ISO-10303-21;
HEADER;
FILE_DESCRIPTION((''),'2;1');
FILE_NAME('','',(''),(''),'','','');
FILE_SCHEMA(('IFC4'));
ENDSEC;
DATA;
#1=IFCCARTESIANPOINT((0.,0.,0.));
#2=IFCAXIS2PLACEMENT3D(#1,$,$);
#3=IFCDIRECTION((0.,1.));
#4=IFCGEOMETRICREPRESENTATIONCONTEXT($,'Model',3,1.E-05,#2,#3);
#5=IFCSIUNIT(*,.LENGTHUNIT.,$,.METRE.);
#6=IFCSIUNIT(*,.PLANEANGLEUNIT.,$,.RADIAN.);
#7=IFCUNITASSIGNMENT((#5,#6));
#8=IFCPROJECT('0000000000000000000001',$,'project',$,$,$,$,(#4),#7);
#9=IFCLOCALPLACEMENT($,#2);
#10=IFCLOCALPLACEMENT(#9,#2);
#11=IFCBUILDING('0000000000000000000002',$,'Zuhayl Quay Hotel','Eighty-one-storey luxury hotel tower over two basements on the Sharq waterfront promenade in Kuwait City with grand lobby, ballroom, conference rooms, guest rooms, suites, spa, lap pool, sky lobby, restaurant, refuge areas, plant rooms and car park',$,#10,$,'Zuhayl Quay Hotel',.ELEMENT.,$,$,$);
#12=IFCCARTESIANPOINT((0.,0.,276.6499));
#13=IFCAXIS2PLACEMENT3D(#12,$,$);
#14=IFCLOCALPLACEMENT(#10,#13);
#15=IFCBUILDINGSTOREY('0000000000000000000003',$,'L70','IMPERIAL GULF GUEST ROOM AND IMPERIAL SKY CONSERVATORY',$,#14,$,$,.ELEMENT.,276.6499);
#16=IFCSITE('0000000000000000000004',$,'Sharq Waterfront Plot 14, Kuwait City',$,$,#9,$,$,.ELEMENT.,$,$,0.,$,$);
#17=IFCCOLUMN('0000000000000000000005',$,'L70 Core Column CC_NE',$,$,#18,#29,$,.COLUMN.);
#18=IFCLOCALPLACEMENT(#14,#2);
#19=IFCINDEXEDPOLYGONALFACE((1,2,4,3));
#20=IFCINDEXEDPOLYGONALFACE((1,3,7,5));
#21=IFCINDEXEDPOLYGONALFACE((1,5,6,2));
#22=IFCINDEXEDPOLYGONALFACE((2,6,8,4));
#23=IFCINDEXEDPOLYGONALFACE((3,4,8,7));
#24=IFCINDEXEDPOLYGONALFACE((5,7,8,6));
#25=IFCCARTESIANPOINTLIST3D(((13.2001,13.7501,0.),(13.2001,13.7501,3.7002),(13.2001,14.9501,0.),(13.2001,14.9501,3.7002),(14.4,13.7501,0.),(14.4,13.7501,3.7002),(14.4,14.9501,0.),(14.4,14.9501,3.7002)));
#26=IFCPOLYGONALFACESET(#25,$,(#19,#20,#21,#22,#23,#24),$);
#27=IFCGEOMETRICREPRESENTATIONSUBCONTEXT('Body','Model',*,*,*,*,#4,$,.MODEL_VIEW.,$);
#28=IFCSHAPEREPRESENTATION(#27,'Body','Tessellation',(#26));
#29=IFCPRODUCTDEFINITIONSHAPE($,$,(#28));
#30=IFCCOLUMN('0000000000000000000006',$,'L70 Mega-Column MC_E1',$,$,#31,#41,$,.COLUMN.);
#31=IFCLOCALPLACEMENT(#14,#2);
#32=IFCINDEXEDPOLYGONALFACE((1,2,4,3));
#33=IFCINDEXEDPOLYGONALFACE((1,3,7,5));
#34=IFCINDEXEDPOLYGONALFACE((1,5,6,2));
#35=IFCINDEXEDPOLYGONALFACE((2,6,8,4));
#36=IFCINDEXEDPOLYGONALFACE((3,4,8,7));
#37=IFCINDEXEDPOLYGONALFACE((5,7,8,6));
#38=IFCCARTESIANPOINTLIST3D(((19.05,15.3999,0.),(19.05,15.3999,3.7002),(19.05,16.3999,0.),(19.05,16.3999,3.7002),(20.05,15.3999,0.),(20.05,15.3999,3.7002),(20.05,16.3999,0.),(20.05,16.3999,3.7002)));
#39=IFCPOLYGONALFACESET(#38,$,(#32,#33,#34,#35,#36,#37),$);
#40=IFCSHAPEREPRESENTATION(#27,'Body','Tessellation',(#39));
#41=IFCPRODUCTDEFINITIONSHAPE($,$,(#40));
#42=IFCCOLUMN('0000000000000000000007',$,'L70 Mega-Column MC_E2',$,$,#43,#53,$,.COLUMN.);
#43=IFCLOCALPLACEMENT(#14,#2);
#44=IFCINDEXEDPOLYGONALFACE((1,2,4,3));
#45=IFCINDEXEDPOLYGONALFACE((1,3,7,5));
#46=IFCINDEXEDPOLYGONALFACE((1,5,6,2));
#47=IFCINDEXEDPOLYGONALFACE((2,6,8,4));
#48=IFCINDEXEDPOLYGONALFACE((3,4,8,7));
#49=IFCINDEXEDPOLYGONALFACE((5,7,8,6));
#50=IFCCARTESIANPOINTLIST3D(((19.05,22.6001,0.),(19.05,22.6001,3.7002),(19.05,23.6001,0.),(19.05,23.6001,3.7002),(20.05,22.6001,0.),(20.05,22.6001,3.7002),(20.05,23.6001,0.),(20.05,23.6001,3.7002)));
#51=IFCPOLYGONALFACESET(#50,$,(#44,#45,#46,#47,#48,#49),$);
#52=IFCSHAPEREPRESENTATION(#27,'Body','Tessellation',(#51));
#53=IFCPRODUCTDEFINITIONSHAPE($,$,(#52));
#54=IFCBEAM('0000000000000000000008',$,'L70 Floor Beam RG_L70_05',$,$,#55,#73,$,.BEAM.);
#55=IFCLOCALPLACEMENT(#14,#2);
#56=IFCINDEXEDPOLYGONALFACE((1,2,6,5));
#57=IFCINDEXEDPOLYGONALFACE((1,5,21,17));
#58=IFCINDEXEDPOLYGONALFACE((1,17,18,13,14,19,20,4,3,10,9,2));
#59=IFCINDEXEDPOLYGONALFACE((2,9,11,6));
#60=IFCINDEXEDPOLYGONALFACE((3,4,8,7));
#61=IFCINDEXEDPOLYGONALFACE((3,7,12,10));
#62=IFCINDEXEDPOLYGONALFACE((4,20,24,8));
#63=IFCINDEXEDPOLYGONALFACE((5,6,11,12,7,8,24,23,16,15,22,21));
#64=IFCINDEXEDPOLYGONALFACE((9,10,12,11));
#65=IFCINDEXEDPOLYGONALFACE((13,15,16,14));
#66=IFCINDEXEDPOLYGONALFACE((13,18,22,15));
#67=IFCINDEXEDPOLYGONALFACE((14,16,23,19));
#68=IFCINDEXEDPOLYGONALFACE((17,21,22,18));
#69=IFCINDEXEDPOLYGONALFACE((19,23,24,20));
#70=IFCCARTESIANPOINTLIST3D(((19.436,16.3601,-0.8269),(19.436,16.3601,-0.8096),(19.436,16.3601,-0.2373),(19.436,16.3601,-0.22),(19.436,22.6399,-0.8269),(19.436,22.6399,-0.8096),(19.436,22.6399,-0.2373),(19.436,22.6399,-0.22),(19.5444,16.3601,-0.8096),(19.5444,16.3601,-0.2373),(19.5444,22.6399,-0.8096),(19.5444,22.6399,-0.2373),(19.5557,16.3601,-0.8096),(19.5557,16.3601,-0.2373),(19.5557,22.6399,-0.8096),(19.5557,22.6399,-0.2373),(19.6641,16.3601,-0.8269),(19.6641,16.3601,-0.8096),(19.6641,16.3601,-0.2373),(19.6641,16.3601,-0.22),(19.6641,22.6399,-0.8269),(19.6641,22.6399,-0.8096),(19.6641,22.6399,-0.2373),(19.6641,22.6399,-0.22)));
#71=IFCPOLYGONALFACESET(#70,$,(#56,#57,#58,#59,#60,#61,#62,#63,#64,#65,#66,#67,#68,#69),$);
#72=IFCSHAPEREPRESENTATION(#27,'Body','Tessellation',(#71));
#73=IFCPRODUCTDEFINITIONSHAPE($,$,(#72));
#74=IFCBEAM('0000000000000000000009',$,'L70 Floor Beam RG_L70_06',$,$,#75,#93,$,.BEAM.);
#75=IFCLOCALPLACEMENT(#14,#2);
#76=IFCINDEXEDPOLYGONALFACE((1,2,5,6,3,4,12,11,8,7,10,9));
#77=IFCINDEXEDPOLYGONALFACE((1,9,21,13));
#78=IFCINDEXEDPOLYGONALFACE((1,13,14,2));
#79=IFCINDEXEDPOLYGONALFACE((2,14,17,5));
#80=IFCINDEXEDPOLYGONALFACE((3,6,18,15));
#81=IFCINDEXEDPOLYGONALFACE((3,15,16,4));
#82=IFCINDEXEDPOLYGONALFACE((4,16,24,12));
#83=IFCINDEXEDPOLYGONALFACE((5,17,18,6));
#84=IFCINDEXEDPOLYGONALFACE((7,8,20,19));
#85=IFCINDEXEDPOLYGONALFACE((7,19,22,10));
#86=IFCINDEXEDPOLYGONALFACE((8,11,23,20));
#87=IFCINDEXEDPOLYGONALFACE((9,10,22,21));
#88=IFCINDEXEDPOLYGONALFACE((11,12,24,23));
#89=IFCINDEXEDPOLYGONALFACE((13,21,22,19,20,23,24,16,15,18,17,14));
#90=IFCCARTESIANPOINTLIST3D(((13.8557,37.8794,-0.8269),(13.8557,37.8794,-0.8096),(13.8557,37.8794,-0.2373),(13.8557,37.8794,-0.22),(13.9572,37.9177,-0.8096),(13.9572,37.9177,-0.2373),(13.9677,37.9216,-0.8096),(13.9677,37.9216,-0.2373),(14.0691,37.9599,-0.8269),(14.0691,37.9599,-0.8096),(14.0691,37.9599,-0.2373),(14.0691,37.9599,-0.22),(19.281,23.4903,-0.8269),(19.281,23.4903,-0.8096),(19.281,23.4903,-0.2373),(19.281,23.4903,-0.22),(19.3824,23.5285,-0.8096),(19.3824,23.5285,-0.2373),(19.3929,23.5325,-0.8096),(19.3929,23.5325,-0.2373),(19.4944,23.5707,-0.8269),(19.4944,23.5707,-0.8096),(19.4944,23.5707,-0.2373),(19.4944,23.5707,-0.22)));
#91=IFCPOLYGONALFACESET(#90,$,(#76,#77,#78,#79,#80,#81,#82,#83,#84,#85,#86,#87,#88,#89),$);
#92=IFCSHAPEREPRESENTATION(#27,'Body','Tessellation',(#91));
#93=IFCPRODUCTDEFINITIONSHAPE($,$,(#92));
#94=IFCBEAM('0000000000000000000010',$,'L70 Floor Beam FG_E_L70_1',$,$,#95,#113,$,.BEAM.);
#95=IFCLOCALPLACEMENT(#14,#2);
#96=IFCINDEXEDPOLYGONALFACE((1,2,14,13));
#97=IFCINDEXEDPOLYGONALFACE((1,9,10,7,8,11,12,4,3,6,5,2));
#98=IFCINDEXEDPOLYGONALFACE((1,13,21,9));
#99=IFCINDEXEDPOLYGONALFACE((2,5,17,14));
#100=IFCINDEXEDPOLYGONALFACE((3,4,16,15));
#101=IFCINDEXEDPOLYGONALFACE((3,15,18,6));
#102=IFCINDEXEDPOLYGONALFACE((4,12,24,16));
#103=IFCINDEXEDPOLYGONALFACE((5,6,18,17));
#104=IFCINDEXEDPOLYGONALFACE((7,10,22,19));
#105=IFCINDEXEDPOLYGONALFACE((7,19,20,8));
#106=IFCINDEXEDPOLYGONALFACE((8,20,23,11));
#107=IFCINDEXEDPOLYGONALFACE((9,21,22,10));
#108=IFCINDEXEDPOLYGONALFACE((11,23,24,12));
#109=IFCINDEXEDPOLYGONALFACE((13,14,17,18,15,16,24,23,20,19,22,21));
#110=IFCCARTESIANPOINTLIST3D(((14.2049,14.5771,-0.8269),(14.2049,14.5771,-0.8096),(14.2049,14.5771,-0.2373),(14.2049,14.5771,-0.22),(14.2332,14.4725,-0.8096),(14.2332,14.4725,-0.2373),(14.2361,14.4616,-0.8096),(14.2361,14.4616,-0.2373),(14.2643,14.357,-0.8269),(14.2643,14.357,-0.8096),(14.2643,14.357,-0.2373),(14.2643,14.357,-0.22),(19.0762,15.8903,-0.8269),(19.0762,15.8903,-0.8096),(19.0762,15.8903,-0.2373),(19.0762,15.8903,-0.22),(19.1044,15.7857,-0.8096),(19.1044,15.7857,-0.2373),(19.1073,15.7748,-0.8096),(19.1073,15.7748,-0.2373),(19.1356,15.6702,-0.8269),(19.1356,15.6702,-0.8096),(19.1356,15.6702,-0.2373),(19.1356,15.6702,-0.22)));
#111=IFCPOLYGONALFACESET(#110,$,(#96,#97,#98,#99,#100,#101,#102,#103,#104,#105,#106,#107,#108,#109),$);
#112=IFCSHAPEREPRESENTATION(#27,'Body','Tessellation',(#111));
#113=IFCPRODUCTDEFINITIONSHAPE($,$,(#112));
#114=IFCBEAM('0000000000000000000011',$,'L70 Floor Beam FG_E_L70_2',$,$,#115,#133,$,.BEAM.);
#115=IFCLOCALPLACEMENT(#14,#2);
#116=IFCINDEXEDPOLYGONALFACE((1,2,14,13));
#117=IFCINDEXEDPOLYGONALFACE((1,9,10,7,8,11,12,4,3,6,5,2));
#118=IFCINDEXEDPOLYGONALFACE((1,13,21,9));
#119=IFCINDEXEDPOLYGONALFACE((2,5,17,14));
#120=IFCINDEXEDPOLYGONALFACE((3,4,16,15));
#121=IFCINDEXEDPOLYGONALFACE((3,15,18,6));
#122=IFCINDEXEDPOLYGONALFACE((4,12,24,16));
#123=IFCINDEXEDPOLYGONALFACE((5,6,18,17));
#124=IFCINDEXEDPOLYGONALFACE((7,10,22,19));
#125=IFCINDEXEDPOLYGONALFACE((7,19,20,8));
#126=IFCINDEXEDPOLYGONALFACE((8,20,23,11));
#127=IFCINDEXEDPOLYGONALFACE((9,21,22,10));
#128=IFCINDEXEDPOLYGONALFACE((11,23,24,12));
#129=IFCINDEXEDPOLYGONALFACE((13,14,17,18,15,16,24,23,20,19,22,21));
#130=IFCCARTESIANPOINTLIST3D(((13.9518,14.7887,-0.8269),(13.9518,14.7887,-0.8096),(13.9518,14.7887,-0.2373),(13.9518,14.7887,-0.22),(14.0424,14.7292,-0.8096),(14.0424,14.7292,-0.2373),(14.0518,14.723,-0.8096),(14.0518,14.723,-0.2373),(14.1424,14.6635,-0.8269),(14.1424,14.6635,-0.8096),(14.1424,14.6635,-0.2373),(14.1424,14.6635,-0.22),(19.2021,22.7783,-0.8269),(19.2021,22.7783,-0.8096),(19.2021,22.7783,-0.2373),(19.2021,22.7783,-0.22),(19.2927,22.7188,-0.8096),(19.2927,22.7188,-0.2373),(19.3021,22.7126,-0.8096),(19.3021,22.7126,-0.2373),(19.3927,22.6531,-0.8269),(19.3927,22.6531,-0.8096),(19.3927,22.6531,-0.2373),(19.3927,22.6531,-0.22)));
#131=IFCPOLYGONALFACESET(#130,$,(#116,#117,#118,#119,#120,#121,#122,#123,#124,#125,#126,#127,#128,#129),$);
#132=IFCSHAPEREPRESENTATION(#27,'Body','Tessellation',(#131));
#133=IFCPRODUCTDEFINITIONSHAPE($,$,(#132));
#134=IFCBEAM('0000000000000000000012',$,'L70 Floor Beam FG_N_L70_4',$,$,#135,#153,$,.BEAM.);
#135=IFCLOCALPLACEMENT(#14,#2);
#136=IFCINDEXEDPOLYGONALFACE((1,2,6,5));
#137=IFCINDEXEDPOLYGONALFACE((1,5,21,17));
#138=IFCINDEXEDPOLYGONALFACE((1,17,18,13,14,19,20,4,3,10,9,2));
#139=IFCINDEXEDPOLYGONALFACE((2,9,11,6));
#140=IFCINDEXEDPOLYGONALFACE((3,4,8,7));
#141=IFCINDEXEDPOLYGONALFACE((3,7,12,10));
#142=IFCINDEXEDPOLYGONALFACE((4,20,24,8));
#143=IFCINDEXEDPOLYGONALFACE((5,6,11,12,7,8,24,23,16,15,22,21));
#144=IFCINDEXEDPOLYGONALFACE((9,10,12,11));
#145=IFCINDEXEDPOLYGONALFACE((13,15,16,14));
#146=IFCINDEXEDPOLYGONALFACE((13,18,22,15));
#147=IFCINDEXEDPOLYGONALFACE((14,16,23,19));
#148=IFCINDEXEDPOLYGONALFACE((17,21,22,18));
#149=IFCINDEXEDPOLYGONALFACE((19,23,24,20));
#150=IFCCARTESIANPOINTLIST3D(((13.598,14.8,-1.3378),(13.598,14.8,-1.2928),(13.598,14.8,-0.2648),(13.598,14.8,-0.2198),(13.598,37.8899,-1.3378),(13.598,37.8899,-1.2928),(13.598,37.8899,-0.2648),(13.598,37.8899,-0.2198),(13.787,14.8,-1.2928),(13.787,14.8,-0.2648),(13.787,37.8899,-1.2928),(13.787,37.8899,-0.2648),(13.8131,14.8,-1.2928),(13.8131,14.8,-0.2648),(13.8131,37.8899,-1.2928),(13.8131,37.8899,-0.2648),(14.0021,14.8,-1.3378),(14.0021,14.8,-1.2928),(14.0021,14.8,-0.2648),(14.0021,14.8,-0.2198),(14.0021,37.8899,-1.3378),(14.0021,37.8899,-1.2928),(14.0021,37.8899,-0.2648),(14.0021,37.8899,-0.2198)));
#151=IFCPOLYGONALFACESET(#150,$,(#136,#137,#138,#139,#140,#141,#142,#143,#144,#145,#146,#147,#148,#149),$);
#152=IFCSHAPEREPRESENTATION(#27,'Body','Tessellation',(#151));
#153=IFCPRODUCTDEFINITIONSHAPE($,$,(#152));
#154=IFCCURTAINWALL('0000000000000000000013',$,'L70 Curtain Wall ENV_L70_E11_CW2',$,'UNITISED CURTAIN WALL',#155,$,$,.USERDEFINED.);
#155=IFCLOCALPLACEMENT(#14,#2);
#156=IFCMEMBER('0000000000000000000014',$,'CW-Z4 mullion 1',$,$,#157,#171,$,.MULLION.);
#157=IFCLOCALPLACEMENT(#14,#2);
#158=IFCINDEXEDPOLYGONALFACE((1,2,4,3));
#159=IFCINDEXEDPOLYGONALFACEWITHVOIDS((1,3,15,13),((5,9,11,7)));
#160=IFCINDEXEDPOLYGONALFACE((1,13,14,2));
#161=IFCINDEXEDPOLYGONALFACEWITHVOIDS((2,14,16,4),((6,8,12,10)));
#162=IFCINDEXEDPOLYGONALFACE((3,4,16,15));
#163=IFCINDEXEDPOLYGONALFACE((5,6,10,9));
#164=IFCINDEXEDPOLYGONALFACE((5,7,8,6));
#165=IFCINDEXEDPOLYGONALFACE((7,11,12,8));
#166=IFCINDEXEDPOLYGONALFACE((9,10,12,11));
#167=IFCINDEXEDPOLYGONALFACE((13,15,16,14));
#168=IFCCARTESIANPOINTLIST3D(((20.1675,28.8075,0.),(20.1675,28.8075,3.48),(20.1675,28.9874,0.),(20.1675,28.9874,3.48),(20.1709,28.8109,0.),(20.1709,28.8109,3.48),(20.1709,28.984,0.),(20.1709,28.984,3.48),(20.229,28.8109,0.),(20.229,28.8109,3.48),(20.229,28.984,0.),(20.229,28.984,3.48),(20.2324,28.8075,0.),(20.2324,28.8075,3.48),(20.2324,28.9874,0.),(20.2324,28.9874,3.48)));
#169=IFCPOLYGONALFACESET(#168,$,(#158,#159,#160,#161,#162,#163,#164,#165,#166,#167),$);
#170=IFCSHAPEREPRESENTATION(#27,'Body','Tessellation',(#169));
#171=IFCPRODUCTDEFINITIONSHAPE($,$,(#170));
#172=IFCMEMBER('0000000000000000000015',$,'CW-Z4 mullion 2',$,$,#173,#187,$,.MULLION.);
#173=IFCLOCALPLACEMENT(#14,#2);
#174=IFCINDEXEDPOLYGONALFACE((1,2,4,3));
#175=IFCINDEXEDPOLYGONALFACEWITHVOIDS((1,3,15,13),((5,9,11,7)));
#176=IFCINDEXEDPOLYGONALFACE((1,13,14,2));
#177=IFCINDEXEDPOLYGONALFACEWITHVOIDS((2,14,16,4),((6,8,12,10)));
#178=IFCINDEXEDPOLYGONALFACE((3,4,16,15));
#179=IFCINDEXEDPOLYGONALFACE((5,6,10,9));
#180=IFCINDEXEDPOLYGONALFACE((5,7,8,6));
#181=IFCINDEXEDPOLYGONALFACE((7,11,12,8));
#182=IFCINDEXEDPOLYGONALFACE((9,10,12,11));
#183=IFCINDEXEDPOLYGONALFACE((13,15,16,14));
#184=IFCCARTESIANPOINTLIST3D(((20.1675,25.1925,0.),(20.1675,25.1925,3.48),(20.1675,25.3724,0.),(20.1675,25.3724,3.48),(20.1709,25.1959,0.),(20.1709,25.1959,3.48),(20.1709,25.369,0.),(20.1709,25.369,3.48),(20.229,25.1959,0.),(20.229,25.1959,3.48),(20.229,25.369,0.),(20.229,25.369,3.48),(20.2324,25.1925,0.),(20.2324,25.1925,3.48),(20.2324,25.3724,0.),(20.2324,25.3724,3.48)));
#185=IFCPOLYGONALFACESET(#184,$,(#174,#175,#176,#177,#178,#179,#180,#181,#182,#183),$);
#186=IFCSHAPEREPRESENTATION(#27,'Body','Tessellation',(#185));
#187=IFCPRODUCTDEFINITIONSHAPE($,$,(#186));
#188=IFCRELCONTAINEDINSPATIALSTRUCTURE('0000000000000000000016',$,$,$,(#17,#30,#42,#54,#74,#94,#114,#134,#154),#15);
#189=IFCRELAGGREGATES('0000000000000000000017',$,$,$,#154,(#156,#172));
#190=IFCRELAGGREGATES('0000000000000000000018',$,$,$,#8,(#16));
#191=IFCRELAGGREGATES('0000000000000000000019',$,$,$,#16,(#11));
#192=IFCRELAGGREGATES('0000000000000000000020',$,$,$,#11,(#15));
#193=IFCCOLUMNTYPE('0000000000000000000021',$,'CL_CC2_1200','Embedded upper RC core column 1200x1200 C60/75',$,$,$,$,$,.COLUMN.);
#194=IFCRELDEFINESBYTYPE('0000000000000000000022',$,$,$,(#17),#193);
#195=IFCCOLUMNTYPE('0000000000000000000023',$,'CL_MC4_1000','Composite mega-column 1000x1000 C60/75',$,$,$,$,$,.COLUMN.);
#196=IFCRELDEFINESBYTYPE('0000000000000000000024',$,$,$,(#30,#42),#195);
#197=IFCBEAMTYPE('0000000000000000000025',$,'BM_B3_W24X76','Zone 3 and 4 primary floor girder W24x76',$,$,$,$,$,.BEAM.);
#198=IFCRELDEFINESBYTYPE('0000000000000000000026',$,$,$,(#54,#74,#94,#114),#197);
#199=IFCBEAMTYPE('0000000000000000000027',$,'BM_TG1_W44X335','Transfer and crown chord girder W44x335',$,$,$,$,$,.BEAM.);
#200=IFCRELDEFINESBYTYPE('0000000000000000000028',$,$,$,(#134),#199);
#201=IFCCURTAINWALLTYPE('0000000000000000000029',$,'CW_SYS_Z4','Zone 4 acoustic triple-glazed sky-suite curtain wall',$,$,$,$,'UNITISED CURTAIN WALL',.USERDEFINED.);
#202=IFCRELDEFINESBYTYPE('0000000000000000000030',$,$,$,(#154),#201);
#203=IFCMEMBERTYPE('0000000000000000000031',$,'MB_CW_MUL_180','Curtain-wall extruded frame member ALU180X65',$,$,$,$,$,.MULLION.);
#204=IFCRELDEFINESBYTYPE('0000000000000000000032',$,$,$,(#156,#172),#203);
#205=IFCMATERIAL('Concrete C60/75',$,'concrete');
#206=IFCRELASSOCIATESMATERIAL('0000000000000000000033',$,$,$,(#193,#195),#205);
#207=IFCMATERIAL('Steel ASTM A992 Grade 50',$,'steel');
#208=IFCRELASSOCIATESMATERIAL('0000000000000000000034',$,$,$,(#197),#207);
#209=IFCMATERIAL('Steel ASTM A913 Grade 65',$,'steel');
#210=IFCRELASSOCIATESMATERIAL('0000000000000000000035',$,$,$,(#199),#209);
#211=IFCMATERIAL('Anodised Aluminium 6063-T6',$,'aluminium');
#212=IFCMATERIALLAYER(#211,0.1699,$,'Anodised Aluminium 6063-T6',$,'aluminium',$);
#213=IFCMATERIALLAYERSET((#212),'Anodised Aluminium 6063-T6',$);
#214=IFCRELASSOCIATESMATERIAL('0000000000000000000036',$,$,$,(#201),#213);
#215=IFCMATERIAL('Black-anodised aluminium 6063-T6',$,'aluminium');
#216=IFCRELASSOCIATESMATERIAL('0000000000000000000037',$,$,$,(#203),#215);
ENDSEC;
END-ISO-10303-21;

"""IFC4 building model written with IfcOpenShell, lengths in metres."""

from ifc_helpers import new_model, si_unit, direction, frame, origin, origin_2d, place, context, subcontext, project, spatial, rectangle, hollow_rectangle, i_section, extrude, material, layer, layer_set, material_profile, profile_set, type_object, element, aggregate, save


model = new_model("IFC4")

# Units and contexts
model_context = context("Model", 3, precision=1e-05, world=origin(), true_north=direction((0.0, 1.0)))
body_context = subcontext(model_context, "Body", "Model", "MODEL_VIEW")
ifc_project = project(units=[si_unit("LENGTHUNIT", "METRE"), si_unit("PLANEANGLEUNIT", "RADIAN")], contexts=[model_context])

# Site, building, storey
site_placement = place(None, origin())
site = spatial("IfcSite", under=ifc_project, at=site_placement, Name="Sharq Waterfront Plot 14, Kuwait City", CompositionType="ELEMENT", RefElevation=0.0)
building_placement = place(site_placement, origin())
building = spatial("IfcBuilding", under=site, at=building_placement, Name="Zuhayl Quay Hotel", Description="Eighty-one-storey luxury hotel tower over two basements on the Sharq waterfront promenade in Kuwait City with grand lobby, ballroom, conference rooms, guest rooms, suites, spa, lap pool, sky lobby, restaurant, refuge areas, plant rooms and car park", LongName="Zuhayl Quay Hotel", CompositionType="ELEMENT")
storey_placement = place(building_placement, frame((0.0, 0.0, 276.6499)))
storey = spatial("IfcBuildingStorey", under=building, at=storey_placement, Name="L70", Description="IMPERIAL GULF GUEST ROOM AND IMPERIAL SKY CONSERVATORY", CompositionType="ELEMENT", Elevation=276.6499)

# Columns
ifc_material_1 = material(Name="Concrete C60/75", Category="concrete")
ifc_material_profile_1 = material_profile(ifc_material_1, rectangle(XDim=1.2, YDim=1.2, at=origin_2d()), Name="RC1200X1200")
ifc_profile_set_1 = profile_set([ifc_material_profile_1], Name="Concrete C60/75")
column_type_1 = type_object("IfcColumnType", Name="CL_CC2_1200", Description="Embedded upper RC core column 1200x1200 C60/75", PredefinedType="COLUMN", material=ifc_profile_set_1)
column_placement = place(storey_placement, frame((13.8, 14.3501, 0.0), z_axis=(0.0, 0.0, 1.0), x_axis=(1.0, 0.0, 0.0)))
element("IfcColumn", 1, at=column_placement, inside=storey, type_object=column_type_1, Name="L70 Core Column CC_NE", PredefinedType="COLUMN", context=body_context, shape_type="SweptSolid", body=[
    extrude(rectangle(XDim=1.2, YDim=1.2, at=origin_2d()), origin(), (0.0, 0.0, 1.0), 3.7002),
])
ifc_material_profile_2 = material_profile(ifc_material_1, rectangle(XDim=1.0, YDim=1.0, at=origin_2d()), Name="RC1000X1000")
ifc_profile_set_2 = profile_set([ifc_material_profile_2], Name="Concrete C60/75")
column_type_2 = type_object("IfcColumnType", Name="CL_MC4_1000", Description="Composite mega-column 1000x1000 C60/75", PredefinedType="COLUMN", material=ifc_profile_set_2)
for number, where, z_axis, x_axis, name in (
    (2, (19.55, 15.8999, 0.0), (0.0, 0.0, 1.0), (1.0, 0.0, 0.0), "L70 Mega-Column MC_E1"),
    (3, (19.55, 23.1001, 0.0), (0.0, 0.0, 1.0), (1.0, 0.0, 0.0), "L70 Mega-Column MC_E2"),
):
    element("IfcColumn", number, at=place(storey_placement, frame(where, z_axis=z_axis, x_axis=x_axis)), inside=storey, type_object=column_type_2, Name=name, PredefinedType="COLUMN", context=body_context, shape_type="SweptSolid", body=[
        extrude(rectangle(XDim=1.0, YDim=1.0, at=origin_2d()), origin(), (0.0, 0.0, 1.0), 3.7002),
    ])

# Beams
ifc_material_2 = material(Name="Steel ASTM A992 Grade 50", Category="steel")
ifc_material_profile_3 = material_profile(ifc_material_2, i_section(OverallWidth=0.228, OverallDepth=0.6069, WebThickness=0.0112, FlangeThickness=0.0173, at=origin_2d()), Name="W24X76")
ifc_profile_set_3 = profile_set([ifc_material_profile_3], Name="Steel ASTM A992 Grade 50")
beam_type_1 = type_object("IfcBeamType", Name="BM_B3_W24X76", Description="Zone 3 and 4 primary floor girder W24x76", PredefinedType="BEAM", material=ifc_profile_set_3)
beam_1_placement = place(storey_placement, frame((19.55, 16.3601, -0.5234), z_axis=(0.0, 1.0, 0.0), x_axis=(-1.0, 0.0, 0.0)))
element("IfcBeam", 4, at=beam_1_placement, inside=storey, type_object=beam_type_1, Name="L70 Floor Beam RG_L70_05", PredefinedType="BEAM", context=body_context, shape_type="SweptSolid", body=[
    extrude(i_section(OverallWidth=0.228, OverallDepth=0.6069, WebThickness=0.0112, FlangeThickness=0.0173, at=origin_2d()), origin(), (0.0, 0.0, 1.0), 6.2798),
])
beam_2_placement = place(storey_placement, frame((19.3877, 23.5305, -0.5234), z_axis=(-0.352797, 0.9357, 0.0), x_axis=(-0.9357, -0.352797, 0.0)))
element("IfcBeam", 5, at=beam_2_placement, inside=storey, type_object=beam_type_1, Name="L70 Floor Beam RG_L70_06", PredefinedType="BEAM", context=body_context, shape_type="SweptSolid", body=[
    extrude(i_section(OverallWidth=0.228, OverallDepth=0.6069, WebThickness=0.0112, FlangeThickness=0.0173, at=origin_2d()), origin(), (0.0, 0.0, 1.0), 15.3779),
])
beam_3_placement = place(storey_placement, frame((14.2346, 14.467, -0.5234), z_axis=(0.96553, 0.260291, 0.0), x_axis=(-0.260291, 0.96553, 0.0)))
element("IfcBeam", 6, at=beam_3_placement, inside=storey, type_object=beam_type_1, Name="L70 Floor Beam FG_E_L70_1", PredefinedType="BEAM", context=body_context, shape_type="SweptSolid", body=[
    extrude(i_section(OverallWidth=0.228, OverallDepth=0.6069, WebThickness=0.0112, FlangeThickness=0.0173, at=origin_2d()), origin(), (0.0, 0.0, 1.0), 5.0452),
])
beam_4_placement = place(storey_placement, frame((14.0471, 14.7261, -0.5234), z_axis=(0.549178, 0.835705, 0.0), x_axis=(-0.835705, 0.549178, 0.0)))
element("IfcBeam", 7, at=beam_4_placement, inside=storey, type_object=beam_type_1, Name="L70 Floor Beam FG_E_L70_2", PredefinedType="BEAM", context=body_context, shape_type="SweptSolid", body=[
    extrude(i_section(OverallWidth=0.228, OverallDepth=0.6069, WebThickness=0.0112, FlangeThickness=0.0173, at=origin_2d()), origin(), (0.0, 0.0, 1.0), 9.5603),
])
ifc_material_3 = material(Name="Steel ASTM A913 Grade 65", Category="steel")
ifc_material_profile_4 = material_profile(ifc_material_3, i_section(OverallWidth=0.4041, OverallDepth=1.1179, WebThickness=0.0261, FlangeThickness=0.0449, at=origin_2d()), Name="W44X335")
ifc_profile_set_4 = profile_set([ifc_material_profile_4], Name="Steel ASTM A913 Grade 65")
beam_type_2 = type_object("IfcBeamType", Name="BM_TG1_W44X335", Description="Transfer and crown chord girder W44x335", PredefinedType="BEAM", material=ifc_profile_set_4)
beam_5_placement = place(storey_placement, frame((13.8, 14.8, -0.7788), z_axis=(0.0, 1.0, 0.0), x_axis=(-1.0, 0.0, 0.0)))
element("IfcBeam", 8, at=beam_5_placement, inside=storey, type_object=beam_type_2, Name="L70 Floor Beam FG_N_L70_4", PredefinedType="BEAM", context=body_context, shape_type="SweptSolid", body=[
    extrude(i_section(OverallWidth=0.4041, OverallDepth=1.1179, WebThickness=0.0261, FlangeThickness=0.0449, at=origin_2d()), origin(), (0.0, 0.0, 1.0), 23.0898),
])

# Curtain wall, members
ifc_material_4 = material(Name="Anodised Aluminium 6063-T6", Category="aluminium")
ifc_layer_1 = layer(ifc_material_4, 0.1699, Name="Anodised Aluminium 6063-T6", Category="aluminium")
ifc_layer_set_1 = layer_set([ifc_layer_1], Name="Anodised Aluminium 6063-T6")
curtain_wall_type = type_object("IfcCurtainWallType", Name="CW_SYS_Z4", Description="Zone 4 acoustic triple-glazed sky-suite curtain wall", ElementType="UNITISED CURTAIN WALL", PredefinedType="USERDEFINED", material=ifc_layer_set_1)
curtain_wall_1_placement = place(storey_placement, origin())
curtain_wall_1 = element("IfcCurtainWall", 9, at=curtain_wall_1_placement, inside=storey, type_object=curtain_wall_type, Name="L70 Curtain Wall ENV_L70_E11_CW2", ObjectType="UNITISED CURTAIN WALL", PredefinedType="USERDEFINED")
ifc_material_5 = material(Name="Black-anodised aluminium 6063-T6", Category="aluminium")
ifc_material_profile_5 = material_profile(ifc_material_5, hollow_rectangle(XDim=0.0649, YDim=0.1799, WallThickness=0.0034, at=origin_2d()), Name="ALU180X65")
ifc_profile_set_5 = profile_set([ifc_material_profile_5], Name="Black-anodised aluminium 6063-T6")
member_type_1 = type_object("IfcMemberType", Name="MB_CW_MUL_180", Description="Curtain-wall extruded frame member ALU180X65", PredefinedType="MULLION", material=ifc_profile_set_5)
member_1_placement = place(storey_placement, frame((20.2, 28.8975, 0.0), z_axis=(0.0, 0.0, 1.0), x_axis=(1.0, 0.0, 0.0)))
member_1 = element("IfcMember", 10, at=member_1_placement, type_object=member_type_1, Name="CW-Z4 mullion 1", PredefinedType="MULLION", context=body_context, shape_type="SweptSolid", body=[
    extrude(hollow_rectangle(XDim=0.0649, YDim=0.1799, WallThickness=0.0034, at=origin_2d()), origin(), (0.0, 0.0, 1.0), 3.48),
])
member_2_placement = place(storey_placement, frame((20.2, 25.2825, 0.0), z_axis=(0.0, 0.0, 1.0), x_axis=(1.0, 0.0, 0.0)))
member_2 = element("IfcMember", 11, at=member_2_placement, type_object=member_type_1, Name="CW-Z4 mullion 2", PredefinedType="MULLION", context=body_context, shape_type="SweptSolid", body=[
    extrude(hollow_rectangle(XDim=0.0649, YDim=0.1799, WallThickness=0.0034, at=origin_2d()), origin(), (0.0, 0.0, 1.0), 3.48),
])

aggregate(curtain_wall_1, [member_1, member_2])

save(model, "model.ifc")
